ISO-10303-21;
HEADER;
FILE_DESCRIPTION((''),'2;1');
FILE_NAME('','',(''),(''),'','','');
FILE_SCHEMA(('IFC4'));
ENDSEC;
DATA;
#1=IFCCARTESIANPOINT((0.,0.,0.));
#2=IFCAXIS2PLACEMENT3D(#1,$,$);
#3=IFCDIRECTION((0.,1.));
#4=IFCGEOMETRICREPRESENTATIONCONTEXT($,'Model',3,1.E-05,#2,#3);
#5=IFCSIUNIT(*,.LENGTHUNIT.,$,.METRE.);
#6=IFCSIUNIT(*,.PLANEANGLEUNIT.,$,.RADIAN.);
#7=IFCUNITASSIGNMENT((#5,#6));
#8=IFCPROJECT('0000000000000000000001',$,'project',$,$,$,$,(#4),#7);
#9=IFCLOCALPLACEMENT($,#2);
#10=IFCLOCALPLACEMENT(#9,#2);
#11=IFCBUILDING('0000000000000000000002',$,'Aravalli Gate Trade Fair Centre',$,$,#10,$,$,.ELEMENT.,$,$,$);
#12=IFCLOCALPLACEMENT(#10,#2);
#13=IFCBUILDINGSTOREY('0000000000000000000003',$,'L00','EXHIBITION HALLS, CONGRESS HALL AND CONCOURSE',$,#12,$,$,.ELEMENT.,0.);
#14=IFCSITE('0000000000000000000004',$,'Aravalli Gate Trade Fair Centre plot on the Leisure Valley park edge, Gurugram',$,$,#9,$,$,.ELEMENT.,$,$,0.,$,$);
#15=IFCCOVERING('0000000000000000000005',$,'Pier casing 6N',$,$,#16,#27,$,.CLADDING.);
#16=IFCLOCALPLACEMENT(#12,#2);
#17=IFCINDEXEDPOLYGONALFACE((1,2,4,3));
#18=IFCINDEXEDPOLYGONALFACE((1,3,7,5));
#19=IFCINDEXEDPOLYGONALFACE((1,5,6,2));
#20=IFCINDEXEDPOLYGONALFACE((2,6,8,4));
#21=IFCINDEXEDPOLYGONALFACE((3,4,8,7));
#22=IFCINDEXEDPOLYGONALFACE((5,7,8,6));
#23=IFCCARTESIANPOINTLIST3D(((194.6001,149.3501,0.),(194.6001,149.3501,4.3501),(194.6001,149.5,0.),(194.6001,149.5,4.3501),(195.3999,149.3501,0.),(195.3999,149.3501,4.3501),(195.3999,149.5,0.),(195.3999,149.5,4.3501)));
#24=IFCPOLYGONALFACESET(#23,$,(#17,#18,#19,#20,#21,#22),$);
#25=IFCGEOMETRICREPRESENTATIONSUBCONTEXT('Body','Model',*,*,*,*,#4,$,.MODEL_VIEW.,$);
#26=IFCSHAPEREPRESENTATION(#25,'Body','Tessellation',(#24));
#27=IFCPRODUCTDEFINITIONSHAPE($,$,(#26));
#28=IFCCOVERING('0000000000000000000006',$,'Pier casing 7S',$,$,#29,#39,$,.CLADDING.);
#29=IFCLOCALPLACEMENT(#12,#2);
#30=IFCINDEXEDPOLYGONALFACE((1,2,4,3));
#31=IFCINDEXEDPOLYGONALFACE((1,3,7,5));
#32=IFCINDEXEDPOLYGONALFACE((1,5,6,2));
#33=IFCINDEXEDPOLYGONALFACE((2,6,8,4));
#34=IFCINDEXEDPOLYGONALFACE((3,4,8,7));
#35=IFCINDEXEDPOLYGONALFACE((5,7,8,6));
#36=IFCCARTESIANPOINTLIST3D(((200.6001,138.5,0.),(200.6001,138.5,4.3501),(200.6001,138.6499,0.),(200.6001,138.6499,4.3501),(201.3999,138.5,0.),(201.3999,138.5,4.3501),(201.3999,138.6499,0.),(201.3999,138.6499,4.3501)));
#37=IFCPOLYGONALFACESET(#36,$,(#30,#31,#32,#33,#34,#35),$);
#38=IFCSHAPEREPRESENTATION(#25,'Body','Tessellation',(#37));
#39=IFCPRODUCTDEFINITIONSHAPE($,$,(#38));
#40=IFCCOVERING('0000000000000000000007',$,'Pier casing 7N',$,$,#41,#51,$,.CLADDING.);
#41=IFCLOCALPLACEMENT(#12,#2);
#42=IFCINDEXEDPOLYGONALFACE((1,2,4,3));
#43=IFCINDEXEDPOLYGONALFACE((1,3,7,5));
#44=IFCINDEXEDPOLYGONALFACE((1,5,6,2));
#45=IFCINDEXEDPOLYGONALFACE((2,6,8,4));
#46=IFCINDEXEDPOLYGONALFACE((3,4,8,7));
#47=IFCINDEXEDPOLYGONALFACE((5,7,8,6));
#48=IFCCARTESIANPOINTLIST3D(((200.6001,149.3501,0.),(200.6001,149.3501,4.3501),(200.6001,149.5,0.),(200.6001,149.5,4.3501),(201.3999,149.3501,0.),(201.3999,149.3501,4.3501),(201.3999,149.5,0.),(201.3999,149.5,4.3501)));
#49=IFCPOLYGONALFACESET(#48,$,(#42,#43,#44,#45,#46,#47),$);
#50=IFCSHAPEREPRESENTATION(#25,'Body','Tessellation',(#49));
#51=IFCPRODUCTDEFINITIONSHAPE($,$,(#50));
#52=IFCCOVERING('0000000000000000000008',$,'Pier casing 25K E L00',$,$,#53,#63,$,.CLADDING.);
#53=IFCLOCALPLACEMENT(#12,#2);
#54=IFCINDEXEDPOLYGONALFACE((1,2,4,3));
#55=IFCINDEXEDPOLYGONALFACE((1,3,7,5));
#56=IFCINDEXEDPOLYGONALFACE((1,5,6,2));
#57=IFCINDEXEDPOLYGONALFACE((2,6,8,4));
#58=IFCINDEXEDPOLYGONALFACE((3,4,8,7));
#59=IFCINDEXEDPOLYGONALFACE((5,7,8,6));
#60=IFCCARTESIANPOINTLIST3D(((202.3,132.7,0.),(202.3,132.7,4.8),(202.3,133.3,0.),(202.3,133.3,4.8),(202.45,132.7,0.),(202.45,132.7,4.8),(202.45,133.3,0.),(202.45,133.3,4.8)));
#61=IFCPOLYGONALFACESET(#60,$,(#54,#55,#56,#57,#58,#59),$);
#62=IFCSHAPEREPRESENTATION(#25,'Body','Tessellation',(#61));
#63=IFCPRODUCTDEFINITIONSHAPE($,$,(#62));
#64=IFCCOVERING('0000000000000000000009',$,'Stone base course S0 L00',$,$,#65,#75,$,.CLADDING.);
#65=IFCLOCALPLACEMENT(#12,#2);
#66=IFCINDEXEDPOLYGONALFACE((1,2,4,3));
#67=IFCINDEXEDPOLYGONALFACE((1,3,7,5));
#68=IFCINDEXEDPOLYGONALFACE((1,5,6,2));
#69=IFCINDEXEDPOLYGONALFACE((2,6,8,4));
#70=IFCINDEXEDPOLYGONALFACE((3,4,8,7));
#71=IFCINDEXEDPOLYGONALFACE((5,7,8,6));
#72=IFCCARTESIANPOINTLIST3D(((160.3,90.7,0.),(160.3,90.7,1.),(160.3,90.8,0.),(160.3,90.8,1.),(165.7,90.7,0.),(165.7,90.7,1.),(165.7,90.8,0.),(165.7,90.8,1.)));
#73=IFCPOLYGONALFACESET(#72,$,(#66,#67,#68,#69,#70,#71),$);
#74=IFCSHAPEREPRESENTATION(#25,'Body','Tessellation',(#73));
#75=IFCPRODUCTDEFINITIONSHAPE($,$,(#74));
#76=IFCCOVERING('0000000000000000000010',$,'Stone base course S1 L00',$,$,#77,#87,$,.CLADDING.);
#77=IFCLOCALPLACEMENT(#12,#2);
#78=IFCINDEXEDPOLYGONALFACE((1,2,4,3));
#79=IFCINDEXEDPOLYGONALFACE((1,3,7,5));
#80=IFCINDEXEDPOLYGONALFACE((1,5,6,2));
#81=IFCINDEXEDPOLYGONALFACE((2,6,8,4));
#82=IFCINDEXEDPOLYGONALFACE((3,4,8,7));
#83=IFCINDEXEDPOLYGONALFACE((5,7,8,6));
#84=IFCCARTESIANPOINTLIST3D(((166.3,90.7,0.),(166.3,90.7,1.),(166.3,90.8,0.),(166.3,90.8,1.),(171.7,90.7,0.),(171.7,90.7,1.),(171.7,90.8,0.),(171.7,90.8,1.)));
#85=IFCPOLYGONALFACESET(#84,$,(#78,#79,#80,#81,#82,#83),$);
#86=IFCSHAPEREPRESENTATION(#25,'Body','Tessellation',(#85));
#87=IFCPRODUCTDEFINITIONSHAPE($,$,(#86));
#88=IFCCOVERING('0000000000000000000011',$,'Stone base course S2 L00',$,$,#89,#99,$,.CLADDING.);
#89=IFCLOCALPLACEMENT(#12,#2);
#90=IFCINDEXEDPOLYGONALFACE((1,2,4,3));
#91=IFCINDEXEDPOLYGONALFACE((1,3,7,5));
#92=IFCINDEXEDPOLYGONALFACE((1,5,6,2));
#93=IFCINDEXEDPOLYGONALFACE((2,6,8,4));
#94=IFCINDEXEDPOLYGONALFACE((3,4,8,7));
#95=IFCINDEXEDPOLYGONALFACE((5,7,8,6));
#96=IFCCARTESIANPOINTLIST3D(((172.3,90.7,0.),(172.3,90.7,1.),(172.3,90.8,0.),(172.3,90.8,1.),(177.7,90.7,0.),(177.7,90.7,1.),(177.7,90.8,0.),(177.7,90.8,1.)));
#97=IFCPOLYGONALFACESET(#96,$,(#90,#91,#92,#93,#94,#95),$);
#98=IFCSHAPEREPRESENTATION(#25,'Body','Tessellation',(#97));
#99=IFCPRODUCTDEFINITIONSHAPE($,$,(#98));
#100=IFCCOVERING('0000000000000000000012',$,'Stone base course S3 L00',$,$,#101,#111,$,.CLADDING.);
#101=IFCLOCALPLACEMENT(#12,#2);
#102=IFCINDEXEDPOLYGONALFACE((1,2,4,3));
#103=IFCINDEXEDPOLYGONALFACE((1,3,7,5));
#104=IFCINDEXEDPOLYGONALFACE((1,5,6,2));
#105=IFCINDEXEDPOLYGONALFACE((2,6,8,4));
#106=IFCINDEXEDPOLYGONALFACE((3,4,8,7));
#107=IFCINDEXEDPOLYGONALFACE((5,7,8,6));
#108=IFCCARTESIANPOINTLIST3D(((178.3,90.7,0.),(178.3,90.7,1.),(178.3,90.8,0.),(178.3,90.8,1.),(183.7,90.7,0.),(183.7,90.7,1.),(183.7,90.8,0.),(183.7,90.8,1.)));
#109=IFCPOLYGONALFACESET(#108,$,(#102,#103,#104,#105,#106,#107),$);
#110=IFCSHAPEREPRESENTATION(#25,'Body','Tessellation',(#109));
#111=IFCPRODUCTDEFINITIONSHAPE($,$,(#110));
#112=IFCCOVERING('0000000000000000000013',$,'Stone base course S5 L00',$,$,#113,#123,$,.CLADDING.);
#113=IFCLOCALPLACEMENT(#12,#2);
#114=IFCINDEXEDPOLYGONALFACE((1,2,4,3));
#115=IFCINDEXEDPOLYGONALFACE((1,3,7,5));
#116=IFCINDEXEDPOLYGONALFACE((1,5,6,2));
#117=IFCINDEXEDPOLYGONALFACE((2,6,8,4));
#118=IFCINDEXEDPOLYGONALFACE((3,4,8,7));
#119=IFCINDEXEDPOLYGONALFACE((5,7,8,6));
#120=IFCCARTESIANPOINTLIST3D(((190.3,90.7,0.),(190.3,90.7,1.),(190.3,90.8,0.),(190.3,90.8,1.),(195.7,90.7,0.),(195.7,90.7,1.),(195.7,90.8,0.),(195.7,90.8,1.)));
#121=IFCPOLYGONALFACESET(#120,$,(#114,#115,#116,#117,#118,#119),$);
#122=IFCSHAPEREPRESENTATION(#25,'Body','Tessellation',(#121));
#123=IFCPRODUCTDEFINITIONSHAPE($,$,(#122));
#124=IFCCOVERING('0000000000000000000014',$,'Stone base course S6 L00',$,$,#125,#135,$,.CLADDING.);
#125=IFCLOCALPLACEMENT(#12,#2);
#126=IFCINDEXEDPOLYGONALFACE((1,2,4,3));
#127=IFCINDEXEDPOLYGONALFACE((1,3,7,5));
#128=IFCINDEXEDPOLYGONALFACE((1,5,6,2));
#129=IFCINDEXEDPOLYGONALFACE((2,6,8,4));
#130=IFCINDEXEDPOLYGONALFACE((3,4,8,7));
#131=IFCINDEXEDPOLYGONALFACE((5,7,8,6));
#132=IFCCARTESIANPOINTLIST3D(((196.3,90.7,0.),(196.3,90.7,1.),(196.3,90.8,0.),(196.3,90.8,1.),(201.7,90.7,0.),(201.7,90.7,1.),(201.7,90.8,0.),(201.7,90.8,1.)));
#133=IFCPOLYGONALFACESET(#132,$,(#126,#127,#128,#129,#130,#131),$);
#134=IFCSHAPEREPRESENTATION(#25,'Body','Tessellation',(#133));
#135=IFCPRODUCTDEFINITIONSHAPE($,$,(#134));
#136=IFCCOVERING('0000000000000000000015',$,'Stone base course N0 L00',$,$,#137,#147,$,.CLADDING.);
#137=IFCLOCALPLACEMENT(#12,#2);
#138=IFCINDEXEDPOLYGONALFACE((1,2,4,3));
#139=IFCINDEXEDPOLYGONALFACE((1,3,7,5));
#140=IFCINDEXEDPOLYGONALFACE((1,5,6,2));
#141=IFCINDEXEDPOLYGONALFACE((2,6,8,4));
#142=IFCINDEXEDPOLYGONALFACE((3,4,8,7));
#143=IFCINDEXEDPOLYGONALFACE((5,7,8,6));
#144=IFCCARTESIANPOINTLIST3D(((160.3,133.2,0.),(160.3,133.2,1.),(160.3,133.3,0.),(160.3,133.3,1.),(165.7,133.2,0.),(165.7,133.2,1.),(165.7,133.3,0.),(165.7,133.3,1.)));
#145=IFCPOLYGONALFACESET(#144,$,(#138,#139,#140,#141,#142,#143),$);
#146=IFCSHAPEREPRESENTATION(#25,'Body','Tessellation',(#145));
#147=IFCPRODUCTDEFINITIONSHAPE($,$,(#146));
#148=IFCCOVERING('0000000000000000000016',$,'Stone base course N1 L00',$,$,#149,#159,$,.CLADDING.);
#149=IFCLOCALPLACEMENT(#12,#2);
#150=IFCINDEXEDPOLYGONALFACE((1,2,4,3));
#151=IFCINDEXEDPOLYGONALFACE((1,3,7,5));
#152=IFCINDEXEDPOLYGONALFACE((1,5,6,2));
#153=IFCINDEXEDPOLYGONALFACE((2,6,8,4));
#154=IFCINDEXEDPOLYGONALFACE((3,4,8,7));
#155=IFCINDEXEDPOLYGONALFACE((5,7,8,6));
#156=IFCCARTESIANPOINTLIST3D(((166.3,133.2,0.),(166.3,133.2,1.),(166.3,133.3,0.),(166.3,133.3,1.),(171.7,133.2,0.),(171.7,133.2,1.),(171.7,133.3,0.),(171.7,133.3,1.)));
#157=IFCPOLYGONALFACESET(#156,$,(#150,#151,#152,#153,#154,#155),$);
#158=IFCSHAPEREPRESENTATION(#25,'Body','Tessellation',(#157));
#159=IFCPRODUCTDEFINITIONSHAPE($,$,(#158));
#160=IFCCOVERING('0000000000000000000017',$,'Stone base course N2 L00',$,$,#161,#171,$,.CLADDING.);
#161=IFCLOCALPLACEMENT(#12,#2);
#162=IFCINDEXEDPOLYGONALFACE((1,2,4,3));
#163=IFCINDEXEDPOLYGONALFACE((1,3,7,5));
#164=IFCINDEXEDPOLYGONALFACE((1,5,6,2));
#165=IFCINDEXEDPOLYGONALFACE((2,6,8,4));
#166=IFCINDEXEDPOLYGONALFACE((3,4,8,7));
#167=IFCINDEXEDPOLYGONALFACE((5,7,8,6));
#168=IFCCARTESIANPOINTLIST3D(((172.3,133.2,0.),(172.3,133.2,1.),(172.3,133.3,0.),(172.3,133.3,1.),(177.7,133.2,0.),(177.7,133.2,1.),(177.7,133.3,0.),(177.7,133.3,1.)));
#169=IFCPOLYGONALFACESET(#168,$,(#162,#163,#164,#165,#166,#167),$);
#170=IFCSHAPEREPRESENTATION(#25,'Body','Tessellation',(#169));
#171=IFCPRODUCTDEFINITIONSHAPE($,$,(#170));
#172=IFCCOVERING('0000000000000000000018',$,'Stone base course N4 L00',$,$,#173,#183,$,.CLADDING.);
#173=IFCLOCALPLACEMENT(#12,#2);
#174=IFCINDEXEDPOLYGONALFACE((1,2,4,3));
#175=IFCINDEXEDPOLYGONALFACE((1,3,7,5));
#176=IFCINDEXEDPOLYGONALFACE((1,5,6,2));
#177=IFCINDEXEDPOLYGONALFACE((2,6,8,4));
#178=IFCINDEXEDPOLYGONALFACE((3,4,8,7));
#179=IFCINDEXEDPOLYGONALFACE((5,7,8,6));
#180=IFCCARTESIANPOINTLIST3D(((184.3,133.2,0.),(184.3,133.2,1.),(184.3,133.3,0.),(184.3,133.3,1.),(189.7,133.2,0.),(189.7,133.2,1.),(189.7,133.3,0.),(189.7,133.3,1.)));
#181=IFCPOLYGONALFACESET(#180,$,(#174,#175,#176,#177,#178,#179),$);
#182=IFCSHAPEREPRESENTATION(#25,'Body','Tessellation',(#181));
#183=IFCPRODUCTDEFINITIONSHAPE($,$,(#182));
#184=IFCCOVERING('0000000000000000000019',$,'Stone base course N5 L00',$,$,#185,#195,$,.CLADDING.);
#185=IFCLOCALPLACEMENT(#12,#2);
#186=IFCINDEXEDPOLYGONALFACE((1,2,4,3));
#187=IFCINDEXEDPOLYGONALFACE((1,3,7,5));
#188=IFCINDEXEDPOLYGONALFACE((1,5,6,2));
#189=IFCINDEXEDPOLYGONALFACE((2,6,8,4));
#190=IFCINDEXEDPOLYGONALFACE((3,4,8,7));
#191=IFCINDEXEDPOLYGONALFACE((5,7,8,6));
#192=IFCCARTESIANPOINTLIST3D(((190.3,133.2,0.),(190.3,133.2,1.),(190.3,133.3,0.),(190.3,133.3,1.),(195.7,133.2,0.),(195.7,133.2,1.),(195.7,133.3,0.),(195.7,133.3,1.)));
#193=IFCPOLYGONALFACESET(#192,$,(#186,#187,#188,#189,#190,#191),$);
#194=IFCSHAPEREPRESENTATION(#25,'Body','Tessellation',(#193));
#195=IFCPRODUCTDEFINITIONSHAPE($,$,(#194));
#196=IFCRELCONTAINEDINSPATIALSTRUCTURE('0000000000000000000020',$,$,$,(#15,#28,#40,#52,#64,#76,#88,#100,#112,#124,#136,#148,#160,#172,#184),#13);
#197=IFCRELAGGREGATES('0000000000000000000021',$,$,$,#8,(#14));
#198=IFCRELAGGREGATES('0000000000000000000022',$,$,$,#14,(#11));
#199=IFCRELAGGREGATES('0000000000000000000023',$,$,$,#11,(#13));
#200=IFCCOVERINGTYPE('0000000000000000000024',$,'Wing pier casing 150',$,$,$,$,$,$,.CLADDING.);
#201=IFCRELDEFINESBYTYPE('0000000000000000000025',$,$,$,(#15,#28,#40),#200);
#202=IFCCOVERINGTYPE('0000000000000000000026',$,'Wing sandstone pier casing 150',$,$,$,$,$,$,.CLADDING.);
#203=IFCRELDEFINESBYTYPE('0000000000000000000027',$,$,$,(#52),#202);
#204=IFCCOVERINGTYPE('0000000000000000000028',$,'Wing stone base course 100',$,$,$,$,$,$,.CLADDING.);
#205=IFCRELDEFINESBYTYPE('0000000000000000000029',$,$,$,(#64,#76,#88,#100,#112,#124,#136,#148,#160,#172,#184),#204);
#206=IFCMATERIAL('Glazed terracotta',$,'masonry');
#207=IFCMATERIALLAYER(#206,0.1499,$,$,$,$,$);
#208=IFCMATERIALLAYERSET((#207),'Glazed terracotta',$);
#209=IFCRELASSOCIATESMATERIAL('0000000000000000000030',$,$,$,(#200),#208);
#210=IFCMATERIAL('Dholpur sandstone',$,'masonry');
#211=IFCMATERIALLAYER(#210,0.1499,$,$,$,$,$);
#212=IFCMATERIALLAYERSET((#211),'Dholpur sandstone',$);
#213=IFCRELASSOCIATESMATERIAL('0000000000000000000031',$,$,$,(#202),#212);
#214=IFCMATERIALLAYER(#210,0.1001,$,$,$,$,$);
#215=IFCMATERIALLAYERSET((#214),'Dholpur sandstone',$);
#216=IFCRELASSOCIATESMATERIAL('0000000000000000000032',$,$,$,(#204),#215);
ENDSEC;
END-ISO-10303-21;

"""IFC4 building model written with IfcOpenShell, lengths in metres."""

from ifc_helpers import new_model, si_unit, direction, origin, place, context, subcontext, project, spatial, polyline, outline, extrude, material, layer, layer_set, type_object, element, save


model = new_model("IFC4")

# Units and contexts
model_context = context("Model", 3, precision=1e-05, world=origin(), true_north=direction((0.0, 1.0)))
body_context = subcontext(model_context, "Body", "Model", "MODEL_VIEW")
ifc_project = project(units=[si_unit("LENGTHUNIT", "METRE"), si_unit("PLANEANGLEUNIT", "RADIAN")], contexts=[model_context])

# Site, building, storey
site_placement = place(None, origin())
site = spatial("IfcSite", under=ifc_project, at=site_placement, Name="Aravalli Gate Trade Fair Centre plot on the Leisure Valley park edge, Gurugram", CompositionType="ELEMENT", RefElevation=0.0)
building_placement = place(site_placement, origin())
building = spatial("IfcBuilding", under=site, at=building_placement, Name="Aravalli Gate Trade Fair Centre", CompositionType="ELEMENT")
storey_placement = place(building_placement, origin())
storey = spatial("IfcBuildingStorey", under=building, at=storey_placement, Name="L00", Description="EXHIBITION HALLS, CONGRESS HALL AND CONCOURSE", CompositionType="ELEMENT", Elevation=0.0)

# Coverings
ifc_material_1 = material(Name="Glazed terracotta", Category="masonry")
ifc_layer_1 = layer(ifc_material_1, 0.1499)
ifc_layer_set_1 = layer_set([ifc_layer_1], Name="Glazed terracotta")
covering_type_1 = type_object("IfcCoveringType", Name="Wing pier casing 150", PredefinedType="CLADDING", material=ifc_layer_set_1)
covering_1_placement = place(storey_placement, origin())
element("IfcCovering", 1, at=covering_1_placement, inside=storey, type_object=covering_type_1, Name="Pier casing 6N", PredefinedType="CLADDING", context=body_context, shape_type="SweptSolid", body=[
    extrude(outline(polyline([(194.6001, 149.3501), (195.3999, 149.3501), (195.3999, 149.5), (194.6001, 149.5), (194.6001, 149.3501)])), origin(), (0.0, 0.0, 1.0), 4.3501),
])
covering_2_placement = place(storey_placement, origin())
element("IfcCovering", 2, at=covering_2_placement, inside=storey, type_object=covering_type_1, Name="Pier casing 7S", PredefinedType="CLADDING", context=body_context, shape_type="SweptSolid", body=[
    extrude(outline(polyline([(200.6001, 138.5), (201.3999, 138.5), (201.3999, 138.6499), (200.6001, 138.6499), (200.6001, 138.5)])), origin(), (0.0, 0.0, 1.0), 4.3501),
])
covering_3_placement = place(storey_placement, origin())
element("IfcCovering", 3, at=covering_3_placement, inside=storey, type_object=covering_type_1, Name="Pier casing 7N", PredefinedType="CLADDING", context=body_context, shape_type="SweptSolid", body=[
    extrude(outline(polyline([(200.6001, 149.3501), (201.3999, 149.3501), (201.3999, 149.5), (200.6001, 149.5), (200.6001, 149.3501)])), origin(), (0.0, 0.0, 1.0), 4.3501),
])
ifc_material_2 = material(Name="Dholpur sandstone", Category="masonry")
ifc_layer_2 = layer(ifc_material_2, 0.1499)
ifc_layer_set_2 = layer_set([ifc_layer_2], Name="Dholpur sandstone")
covering_type_2 = type_object("IfcCoveringType", Name="Wing sandstone pier casing 150", PredefinedType="CLADDING", material=ifc_layer_set_2)
covering_4_placement = place(storey_placement, origin())
element("IfcCovering", 4, at=covering_4_placement, inside=storey, type_object=covering_type_2, Name="Pier casing 25K E L00", PredefinedType="CLADDING", context=body_context, shape_type="SweptSolid", body=[
    extrude(outline(polyline([(202.3, 132.7), (202.45, 132.7), (202.45, 133.3), (202.3, 133.3), (202.3, 132.7)])), origin(), (0.0, 0.0, 1.0), 4.8),
])
ifc_layer_3 = layer(ifc_material_2, 0.1001)
ifc_layer_set_3 = layer_set([ifc_layer_3], Name="Dholpur sandstone")
covering_type_3 = type_object("IfcCoveringType", Name="Wing stone base course 100", PredefinedType="CLADDING", material=ifc_layer_set_3)
covering_5_placement = place(storey_placement, origin())
element("IfcCovering", 5, at=covering_5_placement, inside=storey, type_object=covering_type_3, Name="Stone base course S0 L00", PredefinedType="CLADDING", context=body_context, shape_type="SweptSolid", body=[
    extrude(outline(polyline([(160.3, 90.7), (165.7, 90.7), (165.7, 90.8), (160.3, 90.8), (160.3, 90.7)])), origin(), (0.0, 0.0, 1.0), 1.0),
])
covering_6_placement = place(storey_placement, origin())
element("IfcCovering", 6, at=covering_6_placement, inside=storey, type_object=covering_type_3, Name="Stone base course S1 L00", PredefinedType="CLADDING", context=body_context, shape_type="SweptSolid", body=[
    extrude(outline(polyline([(166.3, 90.7), (171.7, 90.7), (171.7, 90.8), (166.3, 90.8), (166.3, 90.7)])), origin(), (0.0, 0.0, 1.0), 1.0),
])
covering_7_placement = place(storey_placement, origin())
element("IfcCovering", 7, at=covering_7_placement, inside=storey, type_object=covering_type_3, Name="Stone base course S2 L00", PredefinedType="CLADDING", context=body_context, shape_type="SweptSolid", body=[
    extrude(outline(polyline([(172.3, 90.7), (177.7, 90.7), (177.7, 90.8), (172.3, 90.8), (172.3, 90.7)])), origin(), (0.0, 0.0, 1.0), 1.0),
])
covering_8_placement = place(storey_placement, origin())
element("IfcCovering", 8, at=covering_8_placement, inside=storey, type_object=covering_type_3, Name="Stone base course S3 L00", PredefinedType="CLADDING", context=body_context, shape_type="SweptSolid", body=[
    extrude(outline(polyline([(178.3, 90.7), (183.7, 90.7), (183.7, 90.8), (178.3, 90.8), (178.3, 90.7)])), origin(), (0.0, 0.0, 1.0), 1.0),
])
covering_9_placement = place(storey_placement, origin())
element("IfcCovering", 9, at=covering_9_placement, inside=storey, type_object=covering_type_3, Name="Stone base course S5 L00", PredefinedType="CLADDING", context=body_context, shape_type="SweptSolid", body=[
    extrude(outline(polyline([(190.3, 90.7), (195.7, 90.7), (195.7, 90.8), (190.3, 90.8), (190.3, 90.7)])), origin(), (0.0, 0.0, 1.0), 1.0),
])
covering_10_placement = place(storey_placement, origin())
element("IfcCovering", 10, at=covering_10_placement, inside=storey, type_object=covering_type_3, Name="Stone base course S6 L00", PredefinedType="CLADDING", context=body_context, shape_type="SweptSolid", body=[
    extrude(outline(polyline([(196.3, 90.7), (201.7, 90.7), (201.7, 90.8), (196.3, 90.8), (196.3, 90.7)])), origin(), (0.0, 0.0, 1.0), 1.0),
])
covering_11_placement = place(storey_placement, origin())
element("IfcCovering", 11, at=covering_11_placement, inside=storey, type_object=covering_type_3, Name="Stone base course N0 L00", PredefinedType="CLADDING", context=body_context, shape_type="SweptSolid", body=[
    extrude(outline(polyline([(160.3, 133.2), (165.7, 133.2), (165.7, 133.3), (160.3, 133.3), (160.3, 133.2)])), origin(), (0.0, 0.0, 1.0), 1.0),
])
covering_12_placement = place(storey_placement, origin())
element("IfcCovering", 12, at=covering_12_placement, inside=storey, type_object=covering_type_3, Name="Stone base course N1 L00", PredefinedType="CLADDING", context=body_context, shape_type="SweptSolid", body=[
    extrude(outline(polyline([(166.3, 133.2), (171.7, 133.2), (171.7, 133.3), (166.3, 133.3), (166.3, 133.2)])), origin(), (0.0, 0.0, 1.0), 1.0),
])
covering_13_placement = place(storey_placement, origin())
element("IfcCovering", 13, at=covering_13_placement, inside=storey, type_object=covering_type_3, Name="Stone base course N2 L00", PredefinedType="CLADDING", context=body_context, shape_type="SweptSolid", body=[
    extrude(outline(polyline([(172.3, 133.2), (177.7, 133.2), (177.7, 133.3), (172.3, 133.3), (172.3, 133.2)])), origin(), (0.0, 0.0, 1.0), 1.0),
])
covering_14_placement = place(storey_placement, origin())
element("IfcCovering", 14, at=covering_14_placement, inside=storey, type_object=covering_type_3, Name="Stone base course N4 L00", PredefinedType="CLADDING", context=body_context, shape_type="SweptSolid", body=[
    extrude(outline(polyline([(184.3, 133.2), (189.7, 133.2), (189.7, 133.3), (184.3, 133.3), (184.3, 133.2)])), origin(), (0.0, 0.0, 1.0), 1.0),
])
covering_15_placement = place(storey_placement, origin())
element("IfcCovering", 15, at=covering_15_placement, inside=storey, type_object=covering_type_3, Name="Stone base course N5 L00", PredefinedType="CLADDING", context=body_context, shape_type="SweptSolid", body=[
    extrude(outline(polyline([(190.3, 133.2), (195.7, 133.2), (195.7, 133.3), (190.3, 133.3), (190.3, 133.2)])), origin(), (0.0, 0.0, 1.0), 1.0),
])

save(model, "model.ifc")
